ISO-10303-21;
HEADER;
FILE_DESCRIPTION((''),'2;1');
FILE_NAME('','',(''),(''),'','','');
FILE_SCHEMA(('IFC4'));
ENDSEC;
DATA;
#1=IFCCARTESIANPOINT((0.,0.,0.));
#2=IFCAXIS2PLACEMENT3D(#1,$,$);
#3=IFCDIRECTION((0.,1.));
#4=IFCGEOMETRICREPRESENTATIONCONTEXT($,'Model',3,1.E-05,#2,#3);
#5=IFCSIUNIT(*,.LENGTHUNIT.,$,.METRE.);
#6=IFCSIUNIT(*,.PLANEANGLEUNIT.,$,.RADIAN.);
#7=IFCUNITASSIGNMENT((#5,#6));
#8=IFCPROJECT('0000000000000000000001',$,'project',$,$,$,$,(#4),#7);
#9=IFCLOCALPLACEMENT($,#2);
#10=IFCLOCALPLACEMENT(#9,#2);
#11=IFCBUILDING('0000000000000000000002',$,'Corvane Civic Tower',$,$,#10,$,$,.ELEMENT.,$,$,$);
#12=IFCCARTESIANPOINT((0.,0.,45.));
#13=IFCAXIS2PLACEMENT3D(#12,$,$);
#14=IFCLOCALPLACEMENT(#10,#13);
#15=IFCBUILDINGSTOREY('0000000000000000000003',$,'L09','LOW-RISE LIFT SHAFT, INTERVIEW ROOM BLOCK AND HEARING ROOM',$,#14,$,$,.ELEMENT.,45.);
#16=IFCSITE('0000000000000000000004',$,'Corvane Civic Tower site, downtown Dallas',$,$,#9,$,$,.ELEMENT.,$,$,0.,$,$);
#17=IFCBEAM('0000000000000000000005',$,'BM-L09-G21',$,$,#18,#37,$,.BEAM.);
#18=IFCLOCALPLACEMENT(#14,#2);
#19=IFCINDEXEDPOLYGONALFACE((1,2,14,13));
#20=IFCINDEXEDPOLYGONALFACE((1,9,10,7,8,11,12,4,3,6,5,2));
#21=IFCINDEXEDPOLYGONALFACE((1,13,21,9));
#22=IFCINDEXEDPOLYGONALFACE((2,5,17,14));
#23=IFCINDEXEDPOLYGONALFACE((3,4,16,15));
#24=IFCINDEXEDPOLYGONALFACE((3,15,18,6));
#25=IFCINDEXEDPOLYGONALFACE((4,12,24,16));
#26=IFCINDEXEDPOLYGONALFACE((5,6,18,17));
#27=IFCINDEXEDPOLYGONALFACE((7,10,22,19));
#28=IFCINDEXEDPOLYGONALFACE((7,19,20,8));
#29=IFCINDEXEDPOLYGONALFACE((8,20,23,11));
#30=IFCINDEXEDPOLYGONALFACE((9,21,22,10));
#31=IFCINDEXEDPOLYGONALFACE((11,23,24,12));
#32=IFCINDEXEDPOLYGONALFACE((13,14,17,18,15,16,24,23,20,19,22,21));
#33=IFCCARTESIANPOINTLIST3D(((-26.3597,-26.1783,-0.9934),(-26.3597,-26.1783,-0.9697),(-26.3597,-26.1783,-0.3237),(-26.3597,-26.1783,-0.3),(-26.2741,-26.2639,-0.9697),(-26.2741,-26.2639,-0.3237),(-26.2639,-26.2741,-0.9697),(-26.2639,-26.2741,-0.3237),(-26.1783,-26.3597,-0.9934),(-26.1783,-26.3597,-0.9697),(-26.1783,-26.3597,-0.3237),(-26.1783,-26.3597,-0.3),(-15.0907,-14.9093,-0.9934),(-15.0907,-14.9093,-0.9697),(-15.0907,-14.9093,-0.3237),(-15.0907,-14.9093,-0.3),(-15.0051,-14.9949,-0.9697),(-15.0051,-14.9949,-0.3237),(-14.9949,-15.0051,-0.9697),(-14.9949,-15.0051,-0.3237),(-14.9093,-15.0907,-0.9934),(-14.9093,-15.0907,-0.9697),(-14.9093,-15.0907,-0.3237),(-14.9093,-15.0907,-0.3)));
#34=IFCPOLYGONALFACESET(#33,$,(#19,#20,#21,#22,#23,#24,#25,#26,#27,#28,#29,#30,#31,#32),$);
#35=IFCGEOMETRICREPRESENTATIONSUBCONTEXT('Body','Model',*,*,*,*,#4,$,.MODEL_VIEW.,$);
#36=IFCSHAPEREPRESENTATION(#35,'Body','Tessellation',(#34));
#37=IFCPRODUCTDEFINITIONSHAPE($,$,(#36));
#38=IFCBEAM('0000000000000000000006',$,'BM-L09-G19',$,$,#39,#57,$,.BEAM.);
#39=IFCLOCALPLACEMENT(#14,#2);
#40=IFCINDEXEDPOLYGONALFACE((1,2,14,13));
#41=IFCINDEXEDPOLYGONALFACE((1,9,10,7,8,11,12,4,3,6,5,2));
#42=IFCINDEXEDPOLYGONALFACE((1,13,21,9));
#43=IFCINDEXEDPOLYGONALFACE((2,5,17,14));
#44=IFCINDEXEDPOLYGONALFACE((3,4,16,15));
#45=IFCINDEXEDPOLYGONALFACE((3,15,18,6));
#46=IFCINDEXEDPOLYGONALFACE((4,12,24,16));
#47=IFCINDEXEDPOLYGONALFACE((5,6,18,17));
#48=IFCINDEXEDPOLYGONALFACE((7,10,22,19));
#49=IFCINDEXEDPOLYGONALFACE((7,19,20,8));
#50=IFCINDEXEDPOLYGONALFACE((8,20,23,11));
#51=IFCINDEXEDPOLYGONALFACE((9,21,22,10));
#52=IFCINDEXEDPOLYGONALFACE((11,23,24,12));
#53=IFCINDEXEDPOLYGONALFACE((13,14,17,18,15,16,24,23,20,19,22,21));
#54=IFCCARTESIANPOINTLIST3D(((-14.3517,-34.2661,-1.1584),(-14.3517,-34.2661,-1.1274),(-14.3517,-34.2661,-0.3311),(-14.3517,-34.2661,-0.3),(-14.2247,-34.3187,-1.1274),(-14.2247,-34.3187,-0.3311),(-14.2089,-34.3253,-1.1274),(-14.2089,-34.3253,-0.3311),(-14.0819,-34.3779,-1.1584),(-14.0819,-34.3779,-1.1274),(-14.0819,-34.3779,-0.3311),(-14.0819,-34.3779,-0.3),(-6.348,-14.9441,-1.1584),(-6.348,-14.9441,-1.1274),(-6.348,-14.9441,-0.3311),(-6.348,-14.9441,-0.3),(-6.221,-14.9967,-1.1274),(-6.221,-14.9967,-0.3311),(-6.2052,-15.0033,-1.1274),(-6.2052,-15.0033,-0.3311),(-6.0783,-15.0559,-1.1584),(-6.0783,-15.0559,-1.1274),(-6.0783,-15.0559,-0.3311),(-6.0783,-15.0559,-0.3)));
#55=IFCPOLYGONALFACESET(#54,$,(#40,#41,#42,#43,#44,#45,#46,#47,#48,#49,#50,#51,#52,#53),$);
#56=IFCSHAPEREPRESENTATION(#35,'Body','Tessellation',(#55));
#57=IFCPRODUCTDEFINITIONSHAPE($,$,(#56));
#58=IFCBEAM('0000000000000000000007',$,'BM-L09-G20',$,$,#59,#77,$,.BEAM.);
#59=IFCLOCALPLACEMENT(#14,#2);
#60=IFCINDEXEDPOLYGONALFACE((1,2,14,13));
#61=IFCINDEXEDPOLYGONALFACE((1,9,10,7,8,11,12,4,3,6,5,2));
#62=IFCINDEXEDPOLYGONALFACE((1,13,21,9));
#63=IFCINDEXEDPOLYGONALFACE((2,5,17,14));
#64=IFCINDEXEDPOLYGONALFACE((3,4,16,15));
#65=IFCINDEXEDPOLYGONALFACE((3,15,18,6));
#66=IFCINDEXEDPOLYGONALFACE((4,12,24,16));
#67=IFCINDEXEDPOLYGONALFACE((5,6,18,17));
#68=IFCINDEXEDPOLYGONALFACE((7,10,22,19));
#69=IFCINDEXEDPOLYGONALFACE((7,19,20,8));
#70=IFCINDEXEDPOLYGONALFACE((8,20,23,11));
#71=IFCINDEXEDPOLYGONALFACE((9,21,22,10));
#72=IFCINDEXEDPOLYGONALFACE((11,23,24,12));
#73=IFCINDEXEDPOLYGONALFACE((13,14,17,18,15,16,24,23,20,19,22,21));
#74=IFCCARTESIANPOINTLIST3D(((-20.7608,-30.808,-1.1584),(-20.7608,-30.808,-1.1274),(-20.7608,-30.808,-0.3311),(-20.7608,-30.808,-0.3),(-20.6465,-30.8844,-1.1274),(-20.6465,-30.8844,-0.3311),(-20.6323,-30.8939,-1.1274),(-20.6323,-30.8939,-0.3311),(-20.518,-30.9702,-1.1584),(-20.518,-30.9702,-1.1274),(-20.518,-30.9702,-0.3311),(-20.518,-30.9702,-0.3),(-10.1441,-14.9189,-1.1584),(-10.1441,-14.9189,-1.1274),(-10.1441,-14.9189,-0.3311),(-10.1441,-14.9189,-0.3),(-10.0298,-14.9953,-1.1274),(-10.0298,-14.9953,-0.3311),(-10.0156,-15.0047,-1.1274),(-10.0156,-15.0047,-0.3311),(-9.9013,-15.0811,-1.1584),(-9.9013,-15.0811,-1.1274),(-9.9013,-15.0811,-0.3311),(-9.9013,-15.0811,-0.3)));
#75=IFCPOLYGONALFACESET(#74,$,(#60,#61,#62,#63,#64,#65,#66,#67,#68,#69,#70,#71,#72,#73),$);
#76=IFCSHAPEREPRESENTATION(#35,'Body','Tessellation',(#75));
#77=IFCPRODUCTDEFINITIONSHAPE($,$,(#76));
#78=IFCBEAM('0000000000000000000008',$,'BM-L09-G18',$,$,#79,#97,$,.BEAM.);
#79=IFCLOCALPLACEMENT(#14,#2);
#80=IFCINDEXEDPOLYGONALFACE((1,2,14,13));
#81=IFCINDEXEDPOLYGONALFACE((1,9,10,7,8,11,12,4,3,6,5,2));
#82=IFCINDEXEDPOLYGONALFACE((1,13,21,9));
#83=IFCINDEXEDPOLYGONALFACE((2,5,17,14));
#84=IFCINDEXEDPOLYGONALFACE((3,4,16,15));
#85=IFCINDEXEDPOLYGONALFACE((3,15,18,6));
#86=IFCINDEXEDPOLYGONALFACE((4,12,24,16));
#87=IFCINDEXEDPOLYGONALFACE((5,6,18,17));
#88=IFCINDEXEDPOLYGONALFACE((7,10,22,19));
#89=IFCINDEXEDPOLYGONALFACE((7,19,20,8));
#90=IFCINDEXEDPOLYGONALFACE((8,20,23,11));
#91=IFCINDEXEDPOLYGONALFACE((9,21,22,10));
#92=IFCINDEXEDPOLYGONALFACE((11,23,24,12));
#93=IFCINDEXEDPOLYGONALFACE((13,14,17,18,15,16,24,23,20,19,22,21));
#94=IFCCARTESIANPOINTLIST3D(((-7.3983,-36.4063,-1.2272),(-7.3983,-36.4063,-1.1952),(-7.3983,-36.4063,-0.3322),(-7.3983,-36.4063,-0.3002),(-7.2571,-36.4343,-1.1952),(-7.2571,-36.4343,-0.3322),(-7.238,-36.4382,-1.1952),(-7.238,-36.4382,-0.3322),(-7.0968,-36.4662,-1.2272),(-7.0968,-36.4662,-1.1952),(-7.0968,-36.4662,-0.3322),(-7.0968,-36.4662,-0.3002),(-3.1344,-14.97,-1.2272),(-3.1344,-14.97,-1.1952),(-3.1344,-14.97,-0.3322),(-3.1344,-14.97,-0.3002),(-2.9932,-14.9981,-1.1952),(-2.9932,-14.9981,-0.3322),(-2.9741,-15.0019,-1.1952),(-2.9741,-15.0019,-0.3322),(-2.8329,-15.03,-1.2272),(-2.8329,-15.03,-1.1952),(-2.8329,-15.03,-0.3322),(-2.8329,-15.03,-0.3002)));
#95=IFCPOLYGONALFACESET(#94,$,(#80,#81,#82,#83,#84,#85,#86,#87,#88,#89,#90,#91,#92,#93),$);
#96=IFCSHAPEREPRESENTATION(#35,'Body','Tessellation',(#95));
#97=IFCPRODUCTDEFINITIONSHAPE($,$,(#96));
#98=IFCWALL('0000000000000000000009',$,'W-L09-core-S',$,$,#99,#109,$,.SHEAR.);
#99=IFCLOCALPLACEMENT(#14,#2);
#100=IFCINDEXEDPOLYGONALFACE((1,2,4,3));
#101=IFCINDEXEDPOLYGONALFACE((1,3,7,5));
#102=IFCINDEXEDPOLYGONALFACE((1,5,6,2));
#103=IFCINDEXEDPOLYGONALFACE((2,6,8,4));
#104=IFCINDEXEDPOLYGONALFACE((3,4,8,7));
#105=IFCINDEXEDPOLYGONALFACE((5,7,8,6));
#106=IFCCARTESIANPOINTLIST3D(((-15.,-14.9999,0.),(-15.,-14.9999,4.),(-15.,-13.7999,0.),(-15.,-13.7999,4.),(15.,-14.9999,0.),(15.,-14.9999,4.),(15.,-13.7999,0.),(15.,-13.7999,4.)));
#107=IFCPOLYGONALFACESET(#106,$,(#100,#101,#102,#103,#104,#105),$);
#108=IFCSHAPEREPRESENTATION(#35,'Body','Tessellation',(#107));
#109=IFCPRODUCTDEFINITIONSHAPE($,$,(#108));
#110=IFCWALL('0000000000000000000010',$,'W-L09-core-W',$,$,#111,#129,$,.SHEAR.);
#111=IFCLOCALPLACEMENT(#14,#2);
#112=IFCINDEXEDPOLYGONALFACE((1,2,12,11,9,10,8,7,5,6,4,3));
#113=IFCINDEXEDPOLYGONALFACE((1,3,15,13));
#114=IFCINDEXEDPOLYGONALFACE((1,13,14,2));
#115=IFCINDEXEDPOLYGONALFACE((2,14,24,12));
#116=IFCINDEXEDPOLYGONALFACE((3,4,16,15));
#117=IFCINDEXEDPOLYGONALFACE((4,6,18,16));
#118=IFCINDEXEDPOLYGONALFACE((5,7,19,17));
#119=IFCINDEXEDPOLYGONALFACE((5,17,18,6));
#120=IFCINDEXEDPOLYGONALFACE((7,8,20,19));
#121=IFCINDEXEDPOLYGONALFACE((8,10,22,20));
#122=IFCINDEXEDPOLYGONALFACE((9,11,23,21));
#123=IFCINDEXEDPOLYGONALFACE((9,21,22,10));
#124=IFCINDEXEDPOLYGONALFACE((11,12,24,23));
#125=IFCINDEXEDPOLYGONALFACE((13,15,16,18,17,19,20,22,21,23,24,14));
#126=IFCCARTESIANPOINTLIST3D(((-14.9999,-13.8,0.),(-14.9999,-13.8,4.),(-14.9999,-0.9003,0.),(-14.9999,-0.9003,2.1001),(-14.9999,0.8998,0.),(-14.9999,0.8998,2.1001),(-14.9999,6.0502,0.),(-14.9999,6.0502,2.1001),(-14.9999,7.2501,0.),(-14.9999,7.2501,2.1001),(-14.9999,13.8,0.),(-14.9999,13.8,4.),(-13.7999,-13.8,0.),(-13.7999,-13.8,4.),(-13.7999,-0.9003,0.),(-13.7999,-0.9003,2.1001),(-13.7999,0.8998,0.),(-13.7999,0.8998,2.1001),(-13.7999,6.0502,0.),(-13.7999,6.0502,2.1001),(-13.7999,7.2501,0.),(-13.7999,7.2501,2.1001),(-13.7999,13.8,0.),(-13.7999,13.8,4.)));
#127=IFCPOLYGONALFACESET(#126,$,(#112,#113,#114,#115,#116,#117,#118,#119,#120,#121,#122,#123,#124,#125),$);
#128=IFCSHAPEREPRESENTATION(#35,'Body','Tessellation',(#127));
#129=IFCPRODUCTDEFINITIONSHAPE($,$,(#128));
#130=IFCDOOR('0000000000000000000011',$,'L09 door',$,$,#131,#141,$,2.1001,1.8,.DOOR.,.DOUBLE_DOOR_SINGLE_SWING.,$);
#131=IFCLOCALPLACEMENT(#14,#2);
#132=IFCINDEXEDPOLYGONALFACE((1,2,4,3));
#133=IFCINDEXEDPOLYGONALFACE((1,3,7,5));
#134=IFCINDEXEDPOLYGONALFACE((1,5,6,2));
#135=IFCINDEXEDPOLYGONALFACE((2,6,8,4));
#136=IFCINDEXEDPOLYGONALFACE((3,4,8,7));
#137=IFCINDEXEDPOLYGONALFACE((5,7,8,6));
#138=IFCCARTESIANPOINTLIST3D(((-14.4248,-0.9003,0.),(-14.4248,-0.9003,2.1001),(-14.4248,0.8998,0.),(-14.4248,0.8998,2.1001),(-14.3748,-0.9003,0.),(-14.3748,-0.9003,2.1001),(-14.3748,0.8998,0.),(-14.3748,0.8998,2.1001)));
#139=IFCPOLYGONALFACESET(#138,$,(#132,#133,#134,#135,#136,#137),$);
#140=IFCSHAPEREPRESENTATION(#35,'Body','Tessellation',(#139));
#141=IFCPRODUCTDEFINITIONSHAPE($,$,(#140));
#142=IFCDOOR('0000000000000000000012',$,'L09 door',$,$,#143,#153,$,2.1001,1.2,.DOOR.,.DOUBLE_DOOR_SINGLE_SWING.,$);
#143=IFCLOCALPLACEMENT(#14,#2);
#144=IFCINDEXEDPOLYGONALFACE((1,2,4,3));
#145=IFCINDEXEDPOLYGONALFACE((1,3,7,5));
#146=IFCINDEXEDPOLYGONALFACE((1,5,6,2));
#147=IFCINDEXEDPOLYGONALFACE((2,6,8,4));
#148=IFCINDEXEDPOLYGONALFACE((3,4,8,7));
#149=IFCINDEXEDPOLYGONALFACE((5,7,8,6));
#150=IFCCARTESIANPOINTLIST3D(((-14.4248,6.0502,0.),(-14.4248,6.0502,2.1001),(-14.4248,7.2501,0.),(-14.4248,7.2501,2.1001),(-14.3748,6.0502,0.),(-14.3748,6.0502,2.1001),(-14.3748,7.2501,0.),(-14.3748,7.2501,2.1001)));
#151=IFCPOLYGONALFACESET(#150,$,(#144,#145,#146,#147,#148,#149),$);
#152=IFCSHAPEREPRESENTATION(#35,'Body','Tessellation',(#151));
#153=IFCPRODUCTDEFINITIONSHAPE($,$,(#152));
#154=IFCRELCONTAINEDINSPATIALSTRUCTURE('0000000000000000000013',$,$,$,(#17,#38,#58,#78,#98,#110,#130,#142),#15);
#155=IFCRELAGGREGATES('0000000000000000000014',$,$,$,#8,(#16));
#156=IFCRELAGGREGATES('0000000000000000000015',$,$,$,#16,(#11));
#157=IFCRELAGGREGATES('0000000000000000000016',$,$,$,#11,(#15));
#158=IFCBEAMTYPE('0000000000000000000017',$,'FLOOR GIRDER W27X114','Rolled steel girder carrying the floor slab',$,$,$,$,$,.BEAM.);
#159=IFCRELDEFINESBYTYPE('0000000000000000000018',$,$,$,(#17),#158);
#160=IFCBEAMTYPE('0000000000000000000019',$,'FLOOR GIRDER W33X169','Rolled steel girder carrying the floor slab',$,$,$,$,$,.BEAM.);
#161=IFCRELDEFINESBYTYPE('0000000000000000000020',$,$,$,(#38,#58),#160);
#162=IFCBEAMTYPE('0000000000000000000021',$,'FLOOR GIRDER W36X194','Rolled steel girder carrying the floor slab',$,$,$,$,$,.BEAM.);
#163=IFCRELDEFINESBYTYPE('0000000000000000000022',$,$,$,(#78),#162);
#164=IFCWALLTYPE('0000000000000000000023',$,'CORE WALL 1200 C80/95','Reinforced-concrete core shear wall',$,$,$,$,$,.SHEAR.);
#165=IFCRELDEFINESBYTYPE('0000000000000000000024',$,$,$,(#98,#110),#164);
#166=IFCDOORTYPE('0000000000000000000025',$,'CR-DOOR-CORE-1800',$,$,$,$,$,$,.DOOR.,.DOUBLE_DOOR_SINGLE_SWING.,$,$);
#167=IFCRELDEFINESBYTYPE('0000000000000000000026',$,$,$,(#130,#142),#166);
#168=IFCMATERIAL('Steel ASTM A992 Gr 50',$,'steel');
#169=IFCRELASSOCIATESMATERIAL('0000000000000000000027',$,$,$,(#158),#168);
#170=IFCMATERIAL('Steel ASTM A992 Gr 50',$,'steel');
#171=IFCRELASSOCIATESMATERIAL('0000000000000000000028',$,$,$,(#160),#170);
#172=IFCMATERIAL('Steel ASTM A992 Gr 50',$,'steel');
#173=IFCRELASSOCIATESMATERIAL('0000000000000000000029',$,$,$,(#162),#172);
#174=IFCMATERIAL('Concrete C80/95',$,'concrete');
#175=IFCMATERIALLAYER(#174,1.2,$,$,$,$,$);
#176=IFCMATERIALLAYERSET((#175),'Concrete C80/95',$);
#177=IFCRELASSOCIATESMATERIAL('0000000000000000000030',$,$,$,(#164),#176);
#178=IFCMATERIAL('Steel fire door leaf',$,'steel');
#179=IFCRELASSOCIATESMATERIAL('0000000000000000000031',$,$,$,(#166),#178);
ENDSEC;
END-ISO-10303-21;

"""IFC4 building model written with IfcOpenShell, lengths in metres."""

from ifc_helpers import new_model, si_unit, direction, frame, frame_2d, origin, origin_2d, place, context, subcontext, project, spatial, rectangle, i_section, extrude, material, layer, layer_set, material_profile, profile_set, type_object, element, fill, save


model = new_model("IFC4")

# Units and contexts
model_context = context("Model", 3, precision=1e-05, world=origin(), true_north=direction((0.0, 1.0)))
body_context = subcontext(model_context, "Body", "Model", "MODEL_VIEW")
ifc_project = project(units=[si_unit("LENGTHUNIT", "METRE"), si_unit("PLANEANGLEUNIT", "RADIAN")], contexts=[model_context])

# Site, building, storey
site_placement = place(None, origin())
site = spatial("IfcSite", under=ifc_project, at=site_placement, Name="Corvane Civic Tower site, downtown Dallas", CompositionType="ELEMENT", RefElevation=0.0)
building_placement = place(site_placement, origin())
building = spatial("IfcBuilding", under=site, at=building_placement, Name="Corvane Civic Tower", CompositionType="ELEMENT")
storey_placement = place(building_placement, frame((0.0, 0.0, 45.0)))
storey = spatial("IfcBuildingStorey", under=building, at=storey_placement, Name="L09", Description="LOW-RISE LIFT SHAFT, INTERVIEW ROOM BLOCK AND HEARING ROOM", CompositionType="ELEMENT", Elevation=45.0)

# Beams
ifc_material_1 = material(Name="Steel ASTM A992 Gr 50", Category="steel")
ifc_material_profile_1 = material_profile(ifc_material_1, i_section(OverallWidth=0.2566, OverallDepth=0.6934, WebThickness=0.0144, FlangeThickness=0.0237, at=origin_2d()), Name="W27X114")
ifc_profile_set_1 = profile_set([ifc_material_profile_1], Name="Steel ASTM A992 Gr 50")
beam_type_1 = type_object("IfcBeamType", Name="FLOOR GIRDER W27X114", Description="Rolled steel girder carrying the floor slab", PredefinedType="BEAM", material=ifc_profile_set_1)
beam_1_placement = place(storey_placement, frame((-15.0, -15.0, -0.6467), z_axis=(-0.707107, -0.707107, 0.0), x_axis=(0.707107, -0.707107, 0.0)))
element("IfcBeam", 1, at=beam_1_placement, inside=storey, type_object=beam_type_1, Name="BM-L09-G21", PredefinedType="BEAM", context=body_context, shape_type="SweptSolid", body=[
    extrude(i_section(OverallWidth=0.2566, OverallDepth=0.6934, WebThickness=0.0144, FlangeThickness=0.0237, at=origin_2d()), origin(), (0.0, 0.0, 1.0), 15.9368),
])
ifc_material_2 = material(Name="Steel ASTM A992 Gr 50", Category="steel")
ifc_material_profile_2 = material_profile(ifc_material_2, i_section(OverallWidth=0.292, OverallDepth=0.8584, WebThickness=0.0171, FlangeThickness=0.031, at=origin_2d()), Name="W33X169")
ifc_profile_set_2 = profile_set([ifc_material_profile_2], Name="Steel ASTM A992 Gr 50")
beam_type_2 = type_object("IfcBeamType", Name="FLOOR GIRDER W33X169", Description="Rolled steel girder carrying the floor slab", PredefinedType="BEAM", material=ifc_profile_set_2)
beam_2_placement = place(storey_placement, frame((-6.2131, -15.0, -0.7292), z_axis=(-0.382692, -0.923876, 0.0), x_axis=(0.923876, -0.382692, 0.0)))
element("IfcBeam", 2, at=beam_2_placement, inside=storey, type_object=beam_type_2, Name="BM-L09-G19", PredefinedType="BEAM", context=body_context, shape_type="SweptSolid", body=[
    extrude(i_section(OverallWidth=0.292, OverallDepth=0.8584, WebThickness=0.0171, FlangeThickness=0.031, at=origin_2d()), origin(), (0.0, 0.0, 1.0), 20.9141),
])
beam_3_placement = place(storey_placement, frame((-10.0227, -15.0, -0.7292), z_axis=(-0.555567, -0.831472, 0.0), x_axis=(0.831472, -0.555567, 0.0)))
element("IfcBeam", 3, at=beam_3_placement, inside=storey, type_object=beam_type_2, Name="BM-L09-G20", PredefinedType="BEAM", context=body_context, shape_type="SweptSolid", body=[
    extrude(i_section(OverallWidth=0.292, OverallDepth=0.8584, WebThickness=0.0171, FlangeThickness=0.031, at=origin_2d()), origin(), (0.0, 0.0, 1.0), 19.1096),
])
ifc_material_3 = material(Name="Steel ASTM A992 Gr 50", Category="steel")
ifc_material_profile_3 = material_profile(ifc_material_3, i_section(OverallWidth=0.3074, OverallDepth=0.927, WebThickness=0.0195, FlangeThickness=0.032, at=origin_2d()), Name="W36X194")
ifc_profile_set_3 = profile_set([ifc_material_profile_3], Name="Steel ASTM A992 Gr 50")
beam_type_3 = type_object("IfcBeamType", Name="FLOOR GIRDER W36X194", Description="Rolled steel girder carrying the floor slab", PredefinedType="BEAM", material=ifc_profile_set_3)
beam_4_placement = place(storey_placement, frame((-2.9836, -15.0, -0.7637), z_axis=(-0.195089, -0.980785, 0.0), x_axis=(0.980785, -0.195089, 0.0)))
element("IfcBeam", 4, at=beam_4_placement, inside=storey, type_object=beam_type_3, Name="BM-L09-G18", PredefinedType="BEAM", context=body_context, shape_type="SweptSolid", body=[
    extrude(i_section(OverallWidth=0.3074, OverallDepth=0.927, WebThickness=0.0195, FlangeThickness=0.032, at=origin_2d()), origin(), (0.0, 0.0, 1.0), 21.8562),
])

# Wall
ifc_material_4 = material(Name="Concrete C80/95", Category="concrete")
ifc_layer_1 = layer(ifc_material_4, 1.2)
ifc_layer_set_1 = layer_set([ifc_layer_1], Name="Concrete C80/95")
wall_type_1 = type_object("IfcWallType", Name="CORE WALL 1200 C80/95", Description="Reinforced-concrete core shear wall", PredefinedType="SHEAR", material=ifc_layer_set_1)
wall_1_placement = place(storey_placement, frame((-15.0, -14.3999, 0.0), z_axis=(0.0, 0.0, 1.0), x_axis=(1.0, 0.0, 0.0)))
element("IfcWall", 5, at=wall_1_placement, inside=storey, type_object=wall_type_1, Name="W-L09-core-S", PredefinedType="SHEAR", context=body_context, shape_type="SweptSolid", body=[
    extrude(rectangle(XDim=30.0, YDim=1.2, at=frame_2d((15.0, 0.0))), origin(), (0.0, 0.0, 1.0), 4.0),
])

# Wall, openings, doors
wall_2_placement = place(storey_placement, frame((-14.3999, -13.8, 0.0), z_axis=(0.0, 0.0, 1.0), x_axis=(0.0, 1.0, 0.0)))
wall_2 = element("IfcWall", 6, at=wall_2_placement, inside=storey, type_object=wall_type_1, Name="W-L09-core-W", PredefinedType="SHEAR", context=body_context, shape_type="SweptSolid", body=[
    extrude(rectangle(XDim=27.6001, YDim=1.2, at=frame_2d((13.8, 0.0))), origin(), (0.0, 0.0, 1.0), 4.0),
])
opening_1_placement = place(wall_2_placement, frame((12.8999, 0.0, 0.0)))
opening_1 = element("IfcOpeningElement", 7, at=opening_1_placement, cuts=wall_2, PredefinedType="OPENING", context=body_context, shape_type="SweptSolid", body=[
    extrude(rectangle(XDim=1.8, YDim=2.1001, at=frame_2d((0.8999, 1.05))), frame((0.0, 0.6099, 0.0), z_axis=(0.0, -1.0, 0.0), x_axis=(1.0, 0.0, 0.0)), (0.0, 0.0, 1.0), 1.22),
])
opening_2_placement = place(wall_2_placement, frame((19.8501, 0.0, 0.0)))
opening_2 = element("IfcOpeningElement", 8, at=opening_2_placement, cuts=wall_2, PredefinedType="OPENING", context=body_context, shape_type="SweptSolid", body=[
    extrude(rectangle(XDim=1.2, YDim=2.1001, at=frame_2d((0.6001, 1.05))), frame((0.0, 0.6099, 0.0), z_axis=(0.0, -1.0, 0.0), x_axis=(1.0, 0.0, 0.0)), (0.0, 0.0, 1.0), 1.22),
])
ifc_material_5 = material(Name="Steel fire door leaf", Category="steel")
door_type_1 = type_object("IfcDoorType", Name="CR-DOOR-CORE-1800", OperationType="DOUBLE_DOOR_SINGLE_SWING", PredefinedType="DOOR", material=ifc_material_5)
door_1_placement = place(opening_1_placement, origin())
door_1 = element("IfcDoor", 9, at=door_1_placement, inside=storey, type_object=door_type_1, Name="L09 door", OperationType="DOUBLE_DOOR_SINGLE_SWING", OverallHeight=2.1001, OverallWidth=1.8, PredefinedType="DOOR", context=body_context, shape_type="SweptSolid", body=[
    extrude(rectangle(XDim=1.8, YDim=2.1001, at=frame_2d((0.8999, 1.05))), frame((0.0, 0.0249, 0.0), z_axis=(0.0, -1.0, 0.0), x_axis=(1.0, 0.0, 0.0)), (0.0, 0.0, 1.0), 0.05),
])
fill(opening_1, door_1)
door_2_placement = place(opening_2_placement, origin())
door_2 = element("IfcDoor", 10, at=door_2_placement, inside=storey, type_object=door_type_1, Name="L09 door", OperationType="DOUBLE_DOOR_SINGLE_SWING", OverallHeight=2.1001, OverallWidth=1.2, PredefinedType="DOOR", context=body_context, shape_type="SweptSolid", body=[
    extrude(rectangle(XDim=1.2, YDim=2.1001, at=frame_2d((0.6001, 1.05))), frame((0.0, 0.0249, 0.0), z_axis=(0.0, -1.0, 0.0), x_axis=(1.0, 0.0, 0.0)), (0.0, 0.0, 1.0), 0.05),
])
fill(opening_2, door_2)

save(model, "model.ifc")
